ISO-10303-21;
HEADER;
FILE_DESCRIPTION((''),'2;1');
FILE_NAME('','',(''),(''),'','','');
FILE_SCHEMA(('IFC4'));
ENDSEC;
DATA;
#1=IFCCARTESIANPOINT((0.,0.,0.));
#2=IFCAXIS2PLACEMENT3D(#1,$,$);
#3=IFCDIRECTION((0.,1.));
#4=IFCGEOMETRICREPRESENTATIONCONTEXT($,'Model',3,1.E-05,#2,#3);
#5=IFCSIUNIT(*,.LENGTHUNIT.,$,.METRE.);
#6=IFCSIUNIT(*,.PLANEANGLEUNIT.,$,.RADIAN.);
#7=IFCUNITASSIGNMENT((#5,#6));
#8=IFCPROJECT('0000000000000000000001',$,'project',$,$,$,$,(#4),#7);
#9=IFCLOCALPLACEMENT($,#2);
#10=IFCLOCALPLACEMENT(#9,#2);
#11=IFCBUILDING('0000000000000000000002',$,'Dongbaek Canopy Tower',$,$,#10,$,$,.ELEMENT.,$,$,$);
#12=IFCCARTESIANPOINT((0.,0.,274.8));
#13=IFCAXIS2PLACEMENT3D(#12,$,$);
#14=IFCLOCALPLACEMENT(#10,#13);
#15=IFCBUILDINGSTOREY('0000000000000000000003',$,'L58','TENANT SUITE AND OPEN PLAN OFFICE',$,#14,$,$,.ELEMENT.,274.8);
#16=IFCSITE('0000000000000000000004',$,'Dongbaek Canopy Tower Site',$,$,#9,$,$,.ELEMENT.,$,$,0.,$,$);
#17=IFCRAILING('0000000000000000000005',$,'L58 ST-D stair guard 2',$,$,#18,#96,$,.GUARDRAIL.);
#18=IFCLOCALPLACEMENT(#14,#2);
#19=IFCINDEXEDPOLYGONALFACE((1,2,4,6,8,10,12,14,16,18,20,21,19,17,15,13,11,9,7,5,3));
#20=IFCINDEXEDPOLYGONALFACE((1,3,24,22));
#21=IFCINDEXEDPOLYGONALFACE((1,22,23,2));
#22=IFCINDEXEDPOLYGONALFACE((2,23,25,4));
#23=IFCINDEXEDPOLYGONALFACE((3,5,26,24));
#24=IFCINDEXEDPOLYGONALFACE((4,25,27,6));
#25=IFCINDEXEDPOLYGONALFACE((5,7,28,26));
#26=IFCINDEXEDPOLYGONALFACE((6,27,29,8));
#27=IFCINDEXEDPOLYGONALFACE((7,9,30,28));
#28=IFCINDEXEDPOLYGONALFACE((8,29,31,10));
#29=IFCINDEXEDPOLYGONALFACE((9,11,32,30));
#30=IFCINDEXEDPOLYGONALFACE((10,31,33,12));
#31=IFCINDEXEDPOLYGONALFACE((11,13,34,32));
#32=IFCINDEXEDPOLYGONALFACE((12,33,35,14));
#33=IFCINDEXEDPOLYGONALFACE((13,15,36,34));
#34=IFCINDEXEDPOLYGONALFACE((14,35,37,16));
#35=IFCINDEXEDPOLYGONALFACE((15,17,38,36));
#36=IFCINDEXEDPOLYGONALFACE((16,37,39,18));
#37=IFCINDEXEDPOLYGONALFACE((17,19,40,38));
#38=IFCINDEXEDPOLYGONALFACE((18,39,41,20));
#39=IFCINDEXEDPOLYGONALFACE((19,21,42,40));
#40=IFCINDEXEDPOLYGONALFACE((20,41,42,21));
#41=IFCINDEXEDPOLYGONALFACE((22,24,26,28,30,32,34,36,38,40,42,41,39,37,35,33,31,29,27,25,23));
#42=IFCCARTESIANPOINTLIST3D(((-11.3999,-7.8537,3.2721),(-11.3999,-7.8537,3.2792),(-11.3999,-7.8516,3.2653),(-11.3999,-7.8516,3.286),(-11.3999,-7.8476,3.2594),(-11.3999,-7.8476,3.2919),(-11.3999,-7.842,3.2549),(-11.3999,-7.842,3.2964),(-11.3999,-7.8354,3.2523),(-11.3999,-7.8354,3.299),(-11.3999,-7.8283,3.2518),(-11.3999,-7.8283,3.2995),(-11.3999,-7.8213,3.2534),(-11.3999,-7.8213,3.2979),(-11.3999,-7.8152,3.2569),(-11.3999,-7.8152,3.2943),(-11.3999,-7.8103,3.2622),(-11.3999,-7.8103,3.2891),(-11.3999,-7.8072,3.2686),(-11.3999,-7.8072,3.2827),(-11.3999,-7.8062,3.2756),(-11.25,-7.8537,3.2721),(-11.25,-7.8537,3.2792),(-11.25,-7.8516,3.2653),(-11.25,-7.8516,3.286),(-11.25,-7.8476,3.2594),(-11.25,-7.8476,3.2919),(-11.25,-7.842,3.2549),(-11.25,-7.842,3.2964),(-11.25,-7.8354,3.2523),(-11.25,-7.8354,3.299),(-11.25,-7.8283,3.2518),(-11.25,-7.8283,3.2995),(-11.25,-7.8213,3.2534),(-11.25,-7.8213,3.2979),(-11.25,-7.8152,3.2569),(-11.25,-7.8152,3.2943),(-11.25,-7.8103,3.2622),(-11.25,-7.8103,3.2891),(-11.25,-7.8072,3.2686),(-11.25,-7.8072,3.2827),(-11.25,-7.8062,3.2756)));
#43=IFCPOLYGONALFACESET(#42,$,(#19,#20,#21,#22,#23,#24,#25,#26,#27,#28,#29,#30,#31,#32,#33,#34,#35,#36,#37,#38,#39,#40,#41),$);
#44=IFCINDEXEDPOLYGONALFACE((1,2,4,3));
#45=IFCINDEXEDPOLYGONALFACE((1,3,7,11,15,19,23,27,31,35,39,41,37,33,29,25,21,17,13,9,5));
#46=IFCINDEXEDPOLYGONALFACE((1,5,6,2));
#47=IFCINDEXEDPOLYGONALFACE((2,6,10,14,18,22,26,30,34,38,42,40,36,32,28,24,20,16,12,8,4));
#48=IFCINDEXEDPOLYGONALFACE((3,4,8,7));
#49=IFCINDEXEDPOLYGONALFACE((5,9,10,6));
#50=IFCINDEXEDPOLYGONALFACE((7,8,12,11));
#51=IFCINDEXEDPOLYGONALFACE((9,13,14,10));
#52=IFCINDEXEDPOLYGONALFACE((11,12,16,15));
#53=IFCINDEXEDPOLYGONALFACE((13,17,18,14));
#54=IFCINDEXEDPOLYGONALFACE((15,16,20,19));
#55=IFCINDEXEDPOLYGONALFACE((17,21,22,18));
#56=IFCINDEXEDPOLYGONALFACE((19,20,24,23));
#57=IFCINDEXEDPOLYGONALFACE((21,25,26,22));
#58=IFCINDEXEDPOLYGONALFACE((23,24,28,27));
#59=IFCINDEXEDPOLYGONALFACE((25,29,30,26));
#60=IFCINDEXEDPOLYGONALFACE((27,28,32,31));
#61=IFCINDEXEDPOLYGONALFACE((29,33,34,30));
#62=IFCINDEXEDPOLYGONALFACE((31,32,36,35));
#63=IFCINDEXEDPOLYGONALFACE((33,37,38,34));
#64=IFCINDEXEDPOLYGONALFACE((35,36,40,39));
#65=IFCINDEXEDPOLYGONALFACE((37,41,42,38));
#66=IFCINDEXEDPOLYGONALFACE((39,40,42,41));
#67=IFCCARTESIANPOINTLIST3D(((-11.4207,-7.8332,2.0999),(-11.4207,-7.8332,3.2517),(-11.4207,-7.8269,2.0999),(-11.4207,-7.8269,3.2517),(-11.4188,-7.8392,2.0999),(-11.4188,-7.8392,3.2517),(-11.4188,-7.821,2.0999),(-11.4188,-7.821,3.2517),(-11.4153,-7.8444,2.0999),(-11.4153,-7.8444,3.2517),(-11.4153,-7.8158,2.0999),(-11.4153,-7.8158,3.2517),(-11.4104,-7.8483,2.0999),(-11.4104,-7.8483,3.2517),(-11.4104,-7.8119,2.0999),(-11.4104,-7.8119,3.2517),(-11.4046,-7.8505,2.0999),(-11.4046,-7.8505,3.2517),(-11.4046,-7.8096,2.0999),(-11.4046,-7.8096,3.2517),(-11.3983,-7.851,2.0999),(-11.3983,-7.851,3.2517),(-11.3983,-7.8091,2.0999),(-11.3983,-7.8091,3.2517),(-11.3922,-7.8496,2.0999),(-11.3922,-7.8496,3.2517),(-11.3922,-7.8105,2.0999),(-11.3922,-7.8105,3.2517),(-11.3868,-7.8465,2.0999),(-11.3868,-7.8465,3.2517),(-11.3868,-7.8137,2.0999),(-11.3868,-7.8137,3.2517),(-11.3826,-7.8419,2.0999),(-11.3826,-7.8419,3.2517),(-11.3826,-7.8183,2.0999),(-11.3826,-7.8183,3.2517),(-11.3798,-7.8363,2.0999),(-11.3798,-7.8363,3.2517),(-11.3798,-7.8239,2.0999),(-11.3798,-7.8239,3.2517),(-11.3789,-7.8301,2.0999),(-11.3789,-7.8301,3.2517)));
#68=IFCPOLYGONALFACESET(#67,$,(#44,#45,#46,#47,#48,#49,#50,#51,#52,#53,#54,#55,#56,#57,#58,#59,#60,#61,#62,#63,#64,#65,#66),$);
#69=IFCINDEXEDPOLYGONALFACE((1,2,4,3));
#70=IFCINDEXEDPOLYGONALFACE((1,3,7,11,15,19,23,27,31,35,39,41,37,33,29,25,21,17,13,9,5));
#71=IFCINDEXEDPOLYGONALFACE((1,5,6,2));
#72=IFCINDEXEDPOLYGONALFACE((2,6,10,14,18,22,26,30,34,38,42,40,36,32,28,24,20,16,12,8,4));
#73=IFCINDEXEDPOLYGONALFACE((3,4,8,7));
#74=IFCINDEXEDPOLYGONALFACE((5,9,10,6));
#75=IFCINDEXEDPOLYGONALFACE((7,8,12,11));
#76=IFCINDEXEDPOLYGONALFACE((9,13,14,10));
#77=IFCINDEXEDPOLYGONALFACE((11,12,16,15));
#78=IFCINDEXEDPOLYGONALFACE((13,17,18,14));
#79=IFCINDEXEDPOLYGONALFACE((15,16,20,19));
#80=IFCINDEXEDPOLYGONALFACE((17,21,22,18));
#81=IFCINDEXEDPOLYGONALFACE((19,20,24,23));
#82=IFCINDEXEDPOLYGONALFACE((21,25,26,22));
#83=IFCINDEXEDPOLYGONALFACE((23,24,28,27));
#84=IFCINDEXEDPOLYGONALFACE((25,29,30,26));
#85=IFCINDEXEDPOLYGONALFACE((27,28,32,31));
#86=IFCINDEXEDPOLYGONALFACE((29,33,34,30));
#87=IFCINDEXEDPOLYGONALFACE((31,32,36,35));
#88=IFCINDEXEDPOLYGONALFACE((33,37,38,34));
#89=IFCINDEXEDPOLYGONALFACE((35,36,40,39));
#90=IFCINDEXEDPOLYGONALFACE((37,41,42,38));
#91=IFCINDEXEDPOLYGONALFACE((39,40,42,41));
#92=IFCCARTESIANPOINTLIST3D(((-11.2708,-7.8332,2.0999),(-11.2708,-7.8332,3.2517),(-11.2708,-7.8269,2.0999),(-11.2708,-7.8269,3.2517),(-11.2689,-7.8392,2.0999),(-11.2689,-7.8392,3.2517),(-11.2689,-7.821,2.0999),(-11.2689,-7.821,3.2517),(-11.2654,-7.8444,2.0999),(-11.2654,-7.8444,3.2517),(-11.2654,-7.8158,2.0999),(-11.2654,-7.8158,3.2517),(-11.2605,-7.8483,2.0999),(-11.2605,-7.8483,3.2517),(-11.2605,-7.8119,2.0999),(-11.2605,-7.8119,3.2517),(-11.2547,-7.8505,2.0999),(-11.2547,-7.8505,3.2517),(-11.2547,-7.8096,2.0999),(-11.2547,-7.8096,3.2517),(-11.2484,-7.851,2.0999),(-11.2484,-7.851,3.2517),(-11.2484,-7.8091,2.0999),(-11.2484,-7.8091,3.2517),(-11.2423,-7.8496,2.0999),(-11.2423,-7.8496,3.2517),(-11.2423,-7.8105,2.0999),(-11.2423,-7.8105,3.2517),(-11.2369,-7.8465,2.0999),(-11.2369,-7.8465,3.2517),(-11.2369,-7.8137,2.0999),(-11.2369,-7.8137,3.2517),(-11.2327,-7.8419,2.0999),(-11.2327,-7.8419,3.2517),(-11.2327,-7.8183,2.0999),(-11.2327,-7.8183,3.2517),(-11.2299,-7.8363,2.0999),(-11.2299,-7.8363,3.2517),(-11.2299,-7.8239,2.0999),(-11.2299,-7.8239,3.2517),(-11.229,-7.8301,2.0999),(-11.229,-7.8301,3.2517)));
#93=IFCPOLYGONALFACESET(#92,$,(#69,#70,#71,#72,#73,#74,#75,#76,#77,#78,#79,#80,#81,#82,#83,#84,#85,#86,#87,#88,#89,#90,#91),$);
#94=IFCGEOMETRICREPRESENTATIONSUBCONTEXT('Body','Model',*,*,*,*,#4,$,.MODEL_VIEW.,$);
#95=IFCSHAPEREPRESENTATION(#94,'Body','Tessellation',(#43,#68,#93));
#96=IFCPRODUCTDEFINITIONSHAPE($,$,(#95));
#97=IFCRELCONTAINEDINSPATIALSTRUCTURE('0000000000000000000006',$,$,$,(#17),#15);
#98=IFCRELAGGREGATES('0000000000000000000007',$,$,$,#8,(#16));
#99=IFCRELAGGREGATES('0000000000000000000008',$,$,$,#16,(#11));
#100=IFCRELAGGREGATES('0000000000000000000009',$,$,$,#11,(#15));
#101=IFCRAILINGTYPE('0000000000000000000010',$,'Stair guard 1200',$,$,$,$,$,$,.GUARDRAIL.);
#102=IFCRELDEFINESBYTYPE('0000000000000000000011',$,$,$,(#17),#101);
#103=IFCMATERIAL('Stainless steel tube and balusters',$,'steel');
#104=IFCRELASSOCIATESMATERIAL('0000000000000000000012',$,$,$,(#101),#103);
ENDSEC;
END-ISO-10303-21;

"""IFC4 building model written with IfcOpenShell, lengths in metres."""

from ifc_helpers import new_model, si_unit, direction, frame, origin, origin_2d, place, context, subcontext, project, spatial, circle, extrude, material, type_object, element, save


model = new_model("IFC4")

# Units and contexts
model_context = context("Model", 3, precision=1e-05, world=origin(), true_north=direction((0.0, 1.0)))
body_context = subcontext(model_context, "Body", "Model", "MODEL_VIEW")
ifc_project = project(units=[si_unit("LENGTHUNIT", "METRE"), si_unit("PLANEANGLEUNIT", "RADIAN")], contexts=[model_context])

# Site, building, storey
site_placement = place(None, origin())
site = spatial("IfcSite", under=ifc_project, at=site_placement, Name="Dongbaek Canopy Tower Site", CompositionType="ELEMENT", RefElevation=0.0)
building_placement = place(site_placement, origin())
building = spatial("IfcBuilding", under=site, at=building_placement, Name="Dongbaek Canopy Tower", CompositionType="ELEMENT")
storey_placement = place(building_placement, frame((0.0, 0.0, 274.8)))
storey = spatial("IfcBuildingStorey", under=building, at=storey_placement, Name="L58", Description="TENANT SUITE AND OPEN PLAN OFFICE", CompositionType="ELEMENT", Elevation=274.8)

# Railing
ifc_material_1 = material(Name="Stainless steel tube and balusters", Category="steel")
railing_type_1 = type_object("IfcRailingType", Name="Stair guard 1200", PredefinedType="GUARDRAIL", material=ifc_material_1)
railing_1_placement = place(storey_placement, frame((-11.3999, -7.8301, 2.0999)))
element("IfcRailing", 1, at=railing_1_placement, inside=storey, type_object=railing_type_1, Name="L58 ST-D stair guard 2", PredefinedType="GUARDRAIL", context=body_context, shape_type="SweptSolid", body=[
    extrude(circle(Radius=0.0239, at=origin_2d()), frame((0.0, 0.0, 1.1758), z_axis=(1.0, 0.0, 0.0), x_axis=(0.0, 1.0, 0.0)), (0.0, 0.0, 1.0), 0.1499),
    extrude(circle(Radius=0.021, at=origin_2d()), origin(), (0.0, 0.0, 1.0), 1.1519),
    extrude(circle(Radius=0.021, at=origin_2d()), frame((0.1499, 0.0, 0.0)), (0.0, 0.0, 1.0), 1.1519),
])

save(model, "model.ifc")
